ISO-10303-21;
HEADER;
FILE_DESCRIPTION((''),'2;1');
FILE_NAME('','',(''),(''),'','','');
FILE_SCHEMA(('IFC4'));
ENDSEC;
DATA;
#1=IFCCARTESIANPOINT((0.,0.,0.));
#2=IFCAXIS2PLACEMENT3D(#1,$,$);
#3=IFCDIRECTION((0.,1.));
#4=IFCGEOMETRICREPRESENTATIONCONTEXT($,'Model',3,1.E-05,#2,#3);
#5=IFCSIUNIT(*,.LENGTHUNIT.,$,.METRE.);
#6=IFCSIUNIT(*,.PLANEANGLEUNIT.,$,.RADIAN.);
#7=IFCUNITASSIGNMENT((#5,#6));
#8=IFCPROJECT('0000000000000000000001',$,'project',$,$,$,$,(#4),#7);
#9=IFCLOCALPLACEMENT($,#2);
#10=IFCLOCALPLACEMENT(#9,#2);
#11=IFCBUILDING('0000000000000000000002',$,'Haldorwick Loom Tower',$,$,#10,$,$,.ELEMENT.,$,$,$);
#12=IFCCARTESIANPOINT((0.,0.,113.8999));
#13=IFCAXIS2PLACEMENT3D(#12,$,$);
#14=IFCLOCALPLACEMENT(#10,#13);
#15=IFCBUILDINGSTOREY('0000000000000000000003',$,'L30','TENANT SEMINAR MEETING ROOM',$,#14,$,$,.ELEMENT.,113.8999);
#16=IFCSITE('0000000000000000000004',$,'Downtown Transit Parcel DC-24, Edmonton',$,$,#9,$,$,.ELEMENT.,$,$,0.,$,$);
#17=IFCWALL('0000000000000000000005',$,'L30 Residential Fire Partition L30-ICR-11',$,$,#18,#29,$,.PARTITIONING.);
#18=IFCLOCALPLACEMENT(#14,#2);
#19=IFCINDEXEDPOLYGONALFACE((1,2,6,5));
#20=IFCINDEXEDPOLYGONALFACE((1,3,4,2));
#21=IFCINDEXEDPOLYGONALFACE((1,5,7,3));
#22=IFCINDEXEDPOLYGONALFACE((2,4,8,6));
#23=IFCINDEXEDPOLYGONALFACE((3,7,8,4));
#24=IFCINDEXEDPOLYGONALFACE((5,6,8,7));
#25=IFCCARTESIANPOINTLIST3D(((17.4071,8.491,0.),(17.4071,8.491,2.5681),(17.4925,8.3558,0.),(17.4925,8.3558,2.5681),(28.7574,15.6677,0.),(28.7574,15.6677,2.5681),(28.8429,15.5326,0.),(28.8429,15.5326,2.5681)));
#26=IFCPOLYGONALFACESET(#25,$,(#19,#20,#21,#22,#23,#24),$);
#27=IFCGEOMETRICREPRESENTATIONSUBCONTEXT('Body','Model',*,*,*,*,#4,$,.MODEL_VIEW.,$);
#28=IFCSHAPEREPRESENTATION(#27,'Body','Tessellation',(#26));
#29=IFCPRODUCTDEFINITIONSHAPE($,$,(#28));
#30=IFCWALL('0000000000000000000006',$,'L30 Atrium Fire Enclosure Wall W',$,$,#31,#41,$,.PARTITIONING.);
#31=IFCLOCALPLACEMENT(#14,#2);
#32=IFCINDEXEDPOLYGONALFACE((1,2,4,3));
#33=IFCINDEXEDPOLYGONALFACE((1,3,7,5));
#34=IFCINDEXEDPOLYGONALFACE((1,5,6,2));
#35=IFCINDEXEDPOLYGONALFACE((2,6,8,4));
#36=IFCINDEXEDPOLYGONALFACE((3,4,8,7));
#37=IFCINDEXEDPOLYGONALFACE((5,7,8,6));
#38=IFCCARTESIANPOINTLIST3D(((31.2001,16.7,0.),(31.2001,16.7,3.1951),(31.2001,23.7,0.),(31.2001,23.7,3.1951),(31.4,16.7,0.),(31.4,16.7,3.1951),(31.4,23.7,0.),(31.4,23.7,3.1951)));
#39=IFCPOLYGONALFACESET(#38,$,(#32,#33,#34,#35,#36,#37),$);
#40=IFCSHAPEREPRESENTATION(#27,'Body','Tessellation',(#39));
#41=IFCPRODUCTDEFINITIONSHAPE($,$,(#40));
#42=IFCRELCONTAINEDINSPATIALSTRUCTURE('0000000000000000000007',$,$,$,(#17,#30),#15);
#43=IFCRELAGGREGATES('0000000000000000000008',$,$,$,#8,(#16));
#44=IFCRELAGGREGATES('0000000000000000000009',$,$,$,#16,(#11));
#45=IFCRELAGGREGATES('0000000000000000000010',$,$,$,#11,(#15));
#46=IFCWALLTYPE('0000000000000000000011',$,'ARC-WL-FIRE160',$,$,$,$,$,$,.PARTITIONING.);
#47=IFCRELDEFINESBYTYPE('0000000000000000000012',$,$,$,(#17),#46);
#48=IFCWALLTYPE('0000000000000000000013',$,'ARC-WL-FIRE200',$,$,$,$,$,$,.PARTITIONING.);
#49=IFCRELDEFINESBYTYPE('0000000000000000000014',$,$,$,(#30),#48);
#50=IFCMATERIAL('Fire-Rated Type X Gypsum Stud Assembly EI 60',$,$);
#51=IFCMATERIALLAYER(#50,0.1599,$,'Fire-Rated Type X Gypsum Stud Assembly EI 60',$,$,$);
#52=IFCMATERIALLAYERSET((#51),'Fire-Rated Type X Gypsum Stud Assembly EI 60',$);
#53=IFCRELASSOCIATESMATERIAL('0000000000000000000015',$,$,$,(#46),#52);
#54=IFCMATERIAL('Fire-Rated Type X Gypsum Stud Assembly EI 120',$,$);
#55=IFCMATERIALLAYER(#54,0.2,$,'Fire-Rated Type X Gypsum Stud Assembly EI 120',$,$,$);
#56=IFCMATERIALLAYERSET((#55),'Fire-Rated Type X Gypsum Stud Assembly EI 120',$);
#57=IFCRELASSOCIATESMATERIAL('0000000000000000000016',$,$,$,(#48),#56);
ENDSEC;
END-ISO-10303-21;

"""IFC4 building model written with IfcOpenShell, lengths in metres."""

from ifc_helpers import new_model, si_unit, direction, frame, frame_2d, origin, place, context, subcontext, project, spatial, rectangle, extrude, material, layer, layer_set, type_object, element, save


model = new_model("IFC4")

# Units and contexts
model_context = context("Model", 3, precision=1e-05, world=origin(), true_north=direction((0.0, 1.0)))
body_context = subcontext(model_context, "Body", "Model", "MODEL_VIEW")
ifc_project = project(units=[si_unit("LENGTHUNIT", "METRE"), si_unit("PLANEANGLEUNIT", "RADIAN")], contexts=[model_context])

# Site, building, storey
site_placement = place(None, origin())
site = spatial("IfcSite", under=ifc_project, at=site_placement, Name="Downtown Transit Parcel DC-24, Edmonton", CompositionType="ELEMENT", RefElevation=0.0)
building_placement = place(site_placement, origin())
building = spatial("IfcBuilding", under=site, at=building_placement, Name="Haldorwick Loom Tower", CompositionType="ELEMENT")
storey_placement = place(building_placement, frame((0.0, 0.0, 113.8999)))
storey = spatial("IfcBuildingStorey", under=building, at=storey_placement, Name="L30", Description="TENANT SEMINAR MEETING ROOM", CompositionType="ELEMENT", Elevation=113.8999)

# Walls
ifc_material_1 = material(Name="Fire-Rated Type X Gypsum Stud Assembly EI 60")
ifc_layer_1 = layer(ifc_material_1, 0.1599, Name="Fire-Rated Type X Gypsum Stud Assembly EI 60")
ifc_layer_set_1 = layer_set([ifc_layer_1], Name="Fire-Rated Type X Gypsum Stud Assembly EI 60")
wall_type_1 = type_object("IfcWallType", Name="ARC-WL-FIRE160", PredefinedType="PARTITIONING", material=ifc_layer_set_1)
wall_1_placement = place(storey_placement, frame((28.8, 15.6001, 0.0), z_axis=(0.0, 0.0, 1.0), x_axis=(-0.845216, -0.534425, 0.0)))
element("IfcWall", 1, at=wall_1_placement, inside=storey, type_object=wall_type_1, Name="L30 Residential Fire Partition L30-ICR-11", PredefinedType="PARTITIONING", context=body_context, shape_type="SweptSolid", body=[
    extrude(rectangle(XDim=13.429, YDim=0.1599, at=frame_2d((6.7144, 0.0))), origin(), (0.0, 0.0, 1.0), 2.5681),
])
ifc_material_2 = material(Name="Fire-Rated Type X Gypsum Stud Assembly EI 120")
ifc_layer_2 = layer(ifc_material_2, 0.2, Name="Fire-Rated Type X Gypsum Stud Assembly EI 120")
ifc_layer_set_2 = layer_set([ifc_layer_2], Name="Fire-Rated Type X Gypsum Stud Assembly EI 120")
wall_type_2 = type_object("IfcWallType", Name="ARC-WL-FIRE200", PredefinedType="PARTITIONING", material=ifc_layer_set_2)
wall_2_placement = place(storey_placement, frame((31.3, 16.7, 0.0), z_axis=(0.0, 0.0, 1.0), x_axis=(0.0, 1.0, 0.0)))
element("IfcWall", 2, at=wall_2_placement, inside=storey, type_object=wall_type_2, Name="L30 Atrium Fire Enclosure Wall W", PredefinedType="PARTITIONING", context=body_context, shape_type="SweptSolid", body=[
    extrude(rectangle(XDim=7.0, YDim=0.2, at=frame_2d((3.5, 0.0))), origin(), (0.0, 0.0, 1.0), 3.1951),
])

save(model, "model.ifc")
